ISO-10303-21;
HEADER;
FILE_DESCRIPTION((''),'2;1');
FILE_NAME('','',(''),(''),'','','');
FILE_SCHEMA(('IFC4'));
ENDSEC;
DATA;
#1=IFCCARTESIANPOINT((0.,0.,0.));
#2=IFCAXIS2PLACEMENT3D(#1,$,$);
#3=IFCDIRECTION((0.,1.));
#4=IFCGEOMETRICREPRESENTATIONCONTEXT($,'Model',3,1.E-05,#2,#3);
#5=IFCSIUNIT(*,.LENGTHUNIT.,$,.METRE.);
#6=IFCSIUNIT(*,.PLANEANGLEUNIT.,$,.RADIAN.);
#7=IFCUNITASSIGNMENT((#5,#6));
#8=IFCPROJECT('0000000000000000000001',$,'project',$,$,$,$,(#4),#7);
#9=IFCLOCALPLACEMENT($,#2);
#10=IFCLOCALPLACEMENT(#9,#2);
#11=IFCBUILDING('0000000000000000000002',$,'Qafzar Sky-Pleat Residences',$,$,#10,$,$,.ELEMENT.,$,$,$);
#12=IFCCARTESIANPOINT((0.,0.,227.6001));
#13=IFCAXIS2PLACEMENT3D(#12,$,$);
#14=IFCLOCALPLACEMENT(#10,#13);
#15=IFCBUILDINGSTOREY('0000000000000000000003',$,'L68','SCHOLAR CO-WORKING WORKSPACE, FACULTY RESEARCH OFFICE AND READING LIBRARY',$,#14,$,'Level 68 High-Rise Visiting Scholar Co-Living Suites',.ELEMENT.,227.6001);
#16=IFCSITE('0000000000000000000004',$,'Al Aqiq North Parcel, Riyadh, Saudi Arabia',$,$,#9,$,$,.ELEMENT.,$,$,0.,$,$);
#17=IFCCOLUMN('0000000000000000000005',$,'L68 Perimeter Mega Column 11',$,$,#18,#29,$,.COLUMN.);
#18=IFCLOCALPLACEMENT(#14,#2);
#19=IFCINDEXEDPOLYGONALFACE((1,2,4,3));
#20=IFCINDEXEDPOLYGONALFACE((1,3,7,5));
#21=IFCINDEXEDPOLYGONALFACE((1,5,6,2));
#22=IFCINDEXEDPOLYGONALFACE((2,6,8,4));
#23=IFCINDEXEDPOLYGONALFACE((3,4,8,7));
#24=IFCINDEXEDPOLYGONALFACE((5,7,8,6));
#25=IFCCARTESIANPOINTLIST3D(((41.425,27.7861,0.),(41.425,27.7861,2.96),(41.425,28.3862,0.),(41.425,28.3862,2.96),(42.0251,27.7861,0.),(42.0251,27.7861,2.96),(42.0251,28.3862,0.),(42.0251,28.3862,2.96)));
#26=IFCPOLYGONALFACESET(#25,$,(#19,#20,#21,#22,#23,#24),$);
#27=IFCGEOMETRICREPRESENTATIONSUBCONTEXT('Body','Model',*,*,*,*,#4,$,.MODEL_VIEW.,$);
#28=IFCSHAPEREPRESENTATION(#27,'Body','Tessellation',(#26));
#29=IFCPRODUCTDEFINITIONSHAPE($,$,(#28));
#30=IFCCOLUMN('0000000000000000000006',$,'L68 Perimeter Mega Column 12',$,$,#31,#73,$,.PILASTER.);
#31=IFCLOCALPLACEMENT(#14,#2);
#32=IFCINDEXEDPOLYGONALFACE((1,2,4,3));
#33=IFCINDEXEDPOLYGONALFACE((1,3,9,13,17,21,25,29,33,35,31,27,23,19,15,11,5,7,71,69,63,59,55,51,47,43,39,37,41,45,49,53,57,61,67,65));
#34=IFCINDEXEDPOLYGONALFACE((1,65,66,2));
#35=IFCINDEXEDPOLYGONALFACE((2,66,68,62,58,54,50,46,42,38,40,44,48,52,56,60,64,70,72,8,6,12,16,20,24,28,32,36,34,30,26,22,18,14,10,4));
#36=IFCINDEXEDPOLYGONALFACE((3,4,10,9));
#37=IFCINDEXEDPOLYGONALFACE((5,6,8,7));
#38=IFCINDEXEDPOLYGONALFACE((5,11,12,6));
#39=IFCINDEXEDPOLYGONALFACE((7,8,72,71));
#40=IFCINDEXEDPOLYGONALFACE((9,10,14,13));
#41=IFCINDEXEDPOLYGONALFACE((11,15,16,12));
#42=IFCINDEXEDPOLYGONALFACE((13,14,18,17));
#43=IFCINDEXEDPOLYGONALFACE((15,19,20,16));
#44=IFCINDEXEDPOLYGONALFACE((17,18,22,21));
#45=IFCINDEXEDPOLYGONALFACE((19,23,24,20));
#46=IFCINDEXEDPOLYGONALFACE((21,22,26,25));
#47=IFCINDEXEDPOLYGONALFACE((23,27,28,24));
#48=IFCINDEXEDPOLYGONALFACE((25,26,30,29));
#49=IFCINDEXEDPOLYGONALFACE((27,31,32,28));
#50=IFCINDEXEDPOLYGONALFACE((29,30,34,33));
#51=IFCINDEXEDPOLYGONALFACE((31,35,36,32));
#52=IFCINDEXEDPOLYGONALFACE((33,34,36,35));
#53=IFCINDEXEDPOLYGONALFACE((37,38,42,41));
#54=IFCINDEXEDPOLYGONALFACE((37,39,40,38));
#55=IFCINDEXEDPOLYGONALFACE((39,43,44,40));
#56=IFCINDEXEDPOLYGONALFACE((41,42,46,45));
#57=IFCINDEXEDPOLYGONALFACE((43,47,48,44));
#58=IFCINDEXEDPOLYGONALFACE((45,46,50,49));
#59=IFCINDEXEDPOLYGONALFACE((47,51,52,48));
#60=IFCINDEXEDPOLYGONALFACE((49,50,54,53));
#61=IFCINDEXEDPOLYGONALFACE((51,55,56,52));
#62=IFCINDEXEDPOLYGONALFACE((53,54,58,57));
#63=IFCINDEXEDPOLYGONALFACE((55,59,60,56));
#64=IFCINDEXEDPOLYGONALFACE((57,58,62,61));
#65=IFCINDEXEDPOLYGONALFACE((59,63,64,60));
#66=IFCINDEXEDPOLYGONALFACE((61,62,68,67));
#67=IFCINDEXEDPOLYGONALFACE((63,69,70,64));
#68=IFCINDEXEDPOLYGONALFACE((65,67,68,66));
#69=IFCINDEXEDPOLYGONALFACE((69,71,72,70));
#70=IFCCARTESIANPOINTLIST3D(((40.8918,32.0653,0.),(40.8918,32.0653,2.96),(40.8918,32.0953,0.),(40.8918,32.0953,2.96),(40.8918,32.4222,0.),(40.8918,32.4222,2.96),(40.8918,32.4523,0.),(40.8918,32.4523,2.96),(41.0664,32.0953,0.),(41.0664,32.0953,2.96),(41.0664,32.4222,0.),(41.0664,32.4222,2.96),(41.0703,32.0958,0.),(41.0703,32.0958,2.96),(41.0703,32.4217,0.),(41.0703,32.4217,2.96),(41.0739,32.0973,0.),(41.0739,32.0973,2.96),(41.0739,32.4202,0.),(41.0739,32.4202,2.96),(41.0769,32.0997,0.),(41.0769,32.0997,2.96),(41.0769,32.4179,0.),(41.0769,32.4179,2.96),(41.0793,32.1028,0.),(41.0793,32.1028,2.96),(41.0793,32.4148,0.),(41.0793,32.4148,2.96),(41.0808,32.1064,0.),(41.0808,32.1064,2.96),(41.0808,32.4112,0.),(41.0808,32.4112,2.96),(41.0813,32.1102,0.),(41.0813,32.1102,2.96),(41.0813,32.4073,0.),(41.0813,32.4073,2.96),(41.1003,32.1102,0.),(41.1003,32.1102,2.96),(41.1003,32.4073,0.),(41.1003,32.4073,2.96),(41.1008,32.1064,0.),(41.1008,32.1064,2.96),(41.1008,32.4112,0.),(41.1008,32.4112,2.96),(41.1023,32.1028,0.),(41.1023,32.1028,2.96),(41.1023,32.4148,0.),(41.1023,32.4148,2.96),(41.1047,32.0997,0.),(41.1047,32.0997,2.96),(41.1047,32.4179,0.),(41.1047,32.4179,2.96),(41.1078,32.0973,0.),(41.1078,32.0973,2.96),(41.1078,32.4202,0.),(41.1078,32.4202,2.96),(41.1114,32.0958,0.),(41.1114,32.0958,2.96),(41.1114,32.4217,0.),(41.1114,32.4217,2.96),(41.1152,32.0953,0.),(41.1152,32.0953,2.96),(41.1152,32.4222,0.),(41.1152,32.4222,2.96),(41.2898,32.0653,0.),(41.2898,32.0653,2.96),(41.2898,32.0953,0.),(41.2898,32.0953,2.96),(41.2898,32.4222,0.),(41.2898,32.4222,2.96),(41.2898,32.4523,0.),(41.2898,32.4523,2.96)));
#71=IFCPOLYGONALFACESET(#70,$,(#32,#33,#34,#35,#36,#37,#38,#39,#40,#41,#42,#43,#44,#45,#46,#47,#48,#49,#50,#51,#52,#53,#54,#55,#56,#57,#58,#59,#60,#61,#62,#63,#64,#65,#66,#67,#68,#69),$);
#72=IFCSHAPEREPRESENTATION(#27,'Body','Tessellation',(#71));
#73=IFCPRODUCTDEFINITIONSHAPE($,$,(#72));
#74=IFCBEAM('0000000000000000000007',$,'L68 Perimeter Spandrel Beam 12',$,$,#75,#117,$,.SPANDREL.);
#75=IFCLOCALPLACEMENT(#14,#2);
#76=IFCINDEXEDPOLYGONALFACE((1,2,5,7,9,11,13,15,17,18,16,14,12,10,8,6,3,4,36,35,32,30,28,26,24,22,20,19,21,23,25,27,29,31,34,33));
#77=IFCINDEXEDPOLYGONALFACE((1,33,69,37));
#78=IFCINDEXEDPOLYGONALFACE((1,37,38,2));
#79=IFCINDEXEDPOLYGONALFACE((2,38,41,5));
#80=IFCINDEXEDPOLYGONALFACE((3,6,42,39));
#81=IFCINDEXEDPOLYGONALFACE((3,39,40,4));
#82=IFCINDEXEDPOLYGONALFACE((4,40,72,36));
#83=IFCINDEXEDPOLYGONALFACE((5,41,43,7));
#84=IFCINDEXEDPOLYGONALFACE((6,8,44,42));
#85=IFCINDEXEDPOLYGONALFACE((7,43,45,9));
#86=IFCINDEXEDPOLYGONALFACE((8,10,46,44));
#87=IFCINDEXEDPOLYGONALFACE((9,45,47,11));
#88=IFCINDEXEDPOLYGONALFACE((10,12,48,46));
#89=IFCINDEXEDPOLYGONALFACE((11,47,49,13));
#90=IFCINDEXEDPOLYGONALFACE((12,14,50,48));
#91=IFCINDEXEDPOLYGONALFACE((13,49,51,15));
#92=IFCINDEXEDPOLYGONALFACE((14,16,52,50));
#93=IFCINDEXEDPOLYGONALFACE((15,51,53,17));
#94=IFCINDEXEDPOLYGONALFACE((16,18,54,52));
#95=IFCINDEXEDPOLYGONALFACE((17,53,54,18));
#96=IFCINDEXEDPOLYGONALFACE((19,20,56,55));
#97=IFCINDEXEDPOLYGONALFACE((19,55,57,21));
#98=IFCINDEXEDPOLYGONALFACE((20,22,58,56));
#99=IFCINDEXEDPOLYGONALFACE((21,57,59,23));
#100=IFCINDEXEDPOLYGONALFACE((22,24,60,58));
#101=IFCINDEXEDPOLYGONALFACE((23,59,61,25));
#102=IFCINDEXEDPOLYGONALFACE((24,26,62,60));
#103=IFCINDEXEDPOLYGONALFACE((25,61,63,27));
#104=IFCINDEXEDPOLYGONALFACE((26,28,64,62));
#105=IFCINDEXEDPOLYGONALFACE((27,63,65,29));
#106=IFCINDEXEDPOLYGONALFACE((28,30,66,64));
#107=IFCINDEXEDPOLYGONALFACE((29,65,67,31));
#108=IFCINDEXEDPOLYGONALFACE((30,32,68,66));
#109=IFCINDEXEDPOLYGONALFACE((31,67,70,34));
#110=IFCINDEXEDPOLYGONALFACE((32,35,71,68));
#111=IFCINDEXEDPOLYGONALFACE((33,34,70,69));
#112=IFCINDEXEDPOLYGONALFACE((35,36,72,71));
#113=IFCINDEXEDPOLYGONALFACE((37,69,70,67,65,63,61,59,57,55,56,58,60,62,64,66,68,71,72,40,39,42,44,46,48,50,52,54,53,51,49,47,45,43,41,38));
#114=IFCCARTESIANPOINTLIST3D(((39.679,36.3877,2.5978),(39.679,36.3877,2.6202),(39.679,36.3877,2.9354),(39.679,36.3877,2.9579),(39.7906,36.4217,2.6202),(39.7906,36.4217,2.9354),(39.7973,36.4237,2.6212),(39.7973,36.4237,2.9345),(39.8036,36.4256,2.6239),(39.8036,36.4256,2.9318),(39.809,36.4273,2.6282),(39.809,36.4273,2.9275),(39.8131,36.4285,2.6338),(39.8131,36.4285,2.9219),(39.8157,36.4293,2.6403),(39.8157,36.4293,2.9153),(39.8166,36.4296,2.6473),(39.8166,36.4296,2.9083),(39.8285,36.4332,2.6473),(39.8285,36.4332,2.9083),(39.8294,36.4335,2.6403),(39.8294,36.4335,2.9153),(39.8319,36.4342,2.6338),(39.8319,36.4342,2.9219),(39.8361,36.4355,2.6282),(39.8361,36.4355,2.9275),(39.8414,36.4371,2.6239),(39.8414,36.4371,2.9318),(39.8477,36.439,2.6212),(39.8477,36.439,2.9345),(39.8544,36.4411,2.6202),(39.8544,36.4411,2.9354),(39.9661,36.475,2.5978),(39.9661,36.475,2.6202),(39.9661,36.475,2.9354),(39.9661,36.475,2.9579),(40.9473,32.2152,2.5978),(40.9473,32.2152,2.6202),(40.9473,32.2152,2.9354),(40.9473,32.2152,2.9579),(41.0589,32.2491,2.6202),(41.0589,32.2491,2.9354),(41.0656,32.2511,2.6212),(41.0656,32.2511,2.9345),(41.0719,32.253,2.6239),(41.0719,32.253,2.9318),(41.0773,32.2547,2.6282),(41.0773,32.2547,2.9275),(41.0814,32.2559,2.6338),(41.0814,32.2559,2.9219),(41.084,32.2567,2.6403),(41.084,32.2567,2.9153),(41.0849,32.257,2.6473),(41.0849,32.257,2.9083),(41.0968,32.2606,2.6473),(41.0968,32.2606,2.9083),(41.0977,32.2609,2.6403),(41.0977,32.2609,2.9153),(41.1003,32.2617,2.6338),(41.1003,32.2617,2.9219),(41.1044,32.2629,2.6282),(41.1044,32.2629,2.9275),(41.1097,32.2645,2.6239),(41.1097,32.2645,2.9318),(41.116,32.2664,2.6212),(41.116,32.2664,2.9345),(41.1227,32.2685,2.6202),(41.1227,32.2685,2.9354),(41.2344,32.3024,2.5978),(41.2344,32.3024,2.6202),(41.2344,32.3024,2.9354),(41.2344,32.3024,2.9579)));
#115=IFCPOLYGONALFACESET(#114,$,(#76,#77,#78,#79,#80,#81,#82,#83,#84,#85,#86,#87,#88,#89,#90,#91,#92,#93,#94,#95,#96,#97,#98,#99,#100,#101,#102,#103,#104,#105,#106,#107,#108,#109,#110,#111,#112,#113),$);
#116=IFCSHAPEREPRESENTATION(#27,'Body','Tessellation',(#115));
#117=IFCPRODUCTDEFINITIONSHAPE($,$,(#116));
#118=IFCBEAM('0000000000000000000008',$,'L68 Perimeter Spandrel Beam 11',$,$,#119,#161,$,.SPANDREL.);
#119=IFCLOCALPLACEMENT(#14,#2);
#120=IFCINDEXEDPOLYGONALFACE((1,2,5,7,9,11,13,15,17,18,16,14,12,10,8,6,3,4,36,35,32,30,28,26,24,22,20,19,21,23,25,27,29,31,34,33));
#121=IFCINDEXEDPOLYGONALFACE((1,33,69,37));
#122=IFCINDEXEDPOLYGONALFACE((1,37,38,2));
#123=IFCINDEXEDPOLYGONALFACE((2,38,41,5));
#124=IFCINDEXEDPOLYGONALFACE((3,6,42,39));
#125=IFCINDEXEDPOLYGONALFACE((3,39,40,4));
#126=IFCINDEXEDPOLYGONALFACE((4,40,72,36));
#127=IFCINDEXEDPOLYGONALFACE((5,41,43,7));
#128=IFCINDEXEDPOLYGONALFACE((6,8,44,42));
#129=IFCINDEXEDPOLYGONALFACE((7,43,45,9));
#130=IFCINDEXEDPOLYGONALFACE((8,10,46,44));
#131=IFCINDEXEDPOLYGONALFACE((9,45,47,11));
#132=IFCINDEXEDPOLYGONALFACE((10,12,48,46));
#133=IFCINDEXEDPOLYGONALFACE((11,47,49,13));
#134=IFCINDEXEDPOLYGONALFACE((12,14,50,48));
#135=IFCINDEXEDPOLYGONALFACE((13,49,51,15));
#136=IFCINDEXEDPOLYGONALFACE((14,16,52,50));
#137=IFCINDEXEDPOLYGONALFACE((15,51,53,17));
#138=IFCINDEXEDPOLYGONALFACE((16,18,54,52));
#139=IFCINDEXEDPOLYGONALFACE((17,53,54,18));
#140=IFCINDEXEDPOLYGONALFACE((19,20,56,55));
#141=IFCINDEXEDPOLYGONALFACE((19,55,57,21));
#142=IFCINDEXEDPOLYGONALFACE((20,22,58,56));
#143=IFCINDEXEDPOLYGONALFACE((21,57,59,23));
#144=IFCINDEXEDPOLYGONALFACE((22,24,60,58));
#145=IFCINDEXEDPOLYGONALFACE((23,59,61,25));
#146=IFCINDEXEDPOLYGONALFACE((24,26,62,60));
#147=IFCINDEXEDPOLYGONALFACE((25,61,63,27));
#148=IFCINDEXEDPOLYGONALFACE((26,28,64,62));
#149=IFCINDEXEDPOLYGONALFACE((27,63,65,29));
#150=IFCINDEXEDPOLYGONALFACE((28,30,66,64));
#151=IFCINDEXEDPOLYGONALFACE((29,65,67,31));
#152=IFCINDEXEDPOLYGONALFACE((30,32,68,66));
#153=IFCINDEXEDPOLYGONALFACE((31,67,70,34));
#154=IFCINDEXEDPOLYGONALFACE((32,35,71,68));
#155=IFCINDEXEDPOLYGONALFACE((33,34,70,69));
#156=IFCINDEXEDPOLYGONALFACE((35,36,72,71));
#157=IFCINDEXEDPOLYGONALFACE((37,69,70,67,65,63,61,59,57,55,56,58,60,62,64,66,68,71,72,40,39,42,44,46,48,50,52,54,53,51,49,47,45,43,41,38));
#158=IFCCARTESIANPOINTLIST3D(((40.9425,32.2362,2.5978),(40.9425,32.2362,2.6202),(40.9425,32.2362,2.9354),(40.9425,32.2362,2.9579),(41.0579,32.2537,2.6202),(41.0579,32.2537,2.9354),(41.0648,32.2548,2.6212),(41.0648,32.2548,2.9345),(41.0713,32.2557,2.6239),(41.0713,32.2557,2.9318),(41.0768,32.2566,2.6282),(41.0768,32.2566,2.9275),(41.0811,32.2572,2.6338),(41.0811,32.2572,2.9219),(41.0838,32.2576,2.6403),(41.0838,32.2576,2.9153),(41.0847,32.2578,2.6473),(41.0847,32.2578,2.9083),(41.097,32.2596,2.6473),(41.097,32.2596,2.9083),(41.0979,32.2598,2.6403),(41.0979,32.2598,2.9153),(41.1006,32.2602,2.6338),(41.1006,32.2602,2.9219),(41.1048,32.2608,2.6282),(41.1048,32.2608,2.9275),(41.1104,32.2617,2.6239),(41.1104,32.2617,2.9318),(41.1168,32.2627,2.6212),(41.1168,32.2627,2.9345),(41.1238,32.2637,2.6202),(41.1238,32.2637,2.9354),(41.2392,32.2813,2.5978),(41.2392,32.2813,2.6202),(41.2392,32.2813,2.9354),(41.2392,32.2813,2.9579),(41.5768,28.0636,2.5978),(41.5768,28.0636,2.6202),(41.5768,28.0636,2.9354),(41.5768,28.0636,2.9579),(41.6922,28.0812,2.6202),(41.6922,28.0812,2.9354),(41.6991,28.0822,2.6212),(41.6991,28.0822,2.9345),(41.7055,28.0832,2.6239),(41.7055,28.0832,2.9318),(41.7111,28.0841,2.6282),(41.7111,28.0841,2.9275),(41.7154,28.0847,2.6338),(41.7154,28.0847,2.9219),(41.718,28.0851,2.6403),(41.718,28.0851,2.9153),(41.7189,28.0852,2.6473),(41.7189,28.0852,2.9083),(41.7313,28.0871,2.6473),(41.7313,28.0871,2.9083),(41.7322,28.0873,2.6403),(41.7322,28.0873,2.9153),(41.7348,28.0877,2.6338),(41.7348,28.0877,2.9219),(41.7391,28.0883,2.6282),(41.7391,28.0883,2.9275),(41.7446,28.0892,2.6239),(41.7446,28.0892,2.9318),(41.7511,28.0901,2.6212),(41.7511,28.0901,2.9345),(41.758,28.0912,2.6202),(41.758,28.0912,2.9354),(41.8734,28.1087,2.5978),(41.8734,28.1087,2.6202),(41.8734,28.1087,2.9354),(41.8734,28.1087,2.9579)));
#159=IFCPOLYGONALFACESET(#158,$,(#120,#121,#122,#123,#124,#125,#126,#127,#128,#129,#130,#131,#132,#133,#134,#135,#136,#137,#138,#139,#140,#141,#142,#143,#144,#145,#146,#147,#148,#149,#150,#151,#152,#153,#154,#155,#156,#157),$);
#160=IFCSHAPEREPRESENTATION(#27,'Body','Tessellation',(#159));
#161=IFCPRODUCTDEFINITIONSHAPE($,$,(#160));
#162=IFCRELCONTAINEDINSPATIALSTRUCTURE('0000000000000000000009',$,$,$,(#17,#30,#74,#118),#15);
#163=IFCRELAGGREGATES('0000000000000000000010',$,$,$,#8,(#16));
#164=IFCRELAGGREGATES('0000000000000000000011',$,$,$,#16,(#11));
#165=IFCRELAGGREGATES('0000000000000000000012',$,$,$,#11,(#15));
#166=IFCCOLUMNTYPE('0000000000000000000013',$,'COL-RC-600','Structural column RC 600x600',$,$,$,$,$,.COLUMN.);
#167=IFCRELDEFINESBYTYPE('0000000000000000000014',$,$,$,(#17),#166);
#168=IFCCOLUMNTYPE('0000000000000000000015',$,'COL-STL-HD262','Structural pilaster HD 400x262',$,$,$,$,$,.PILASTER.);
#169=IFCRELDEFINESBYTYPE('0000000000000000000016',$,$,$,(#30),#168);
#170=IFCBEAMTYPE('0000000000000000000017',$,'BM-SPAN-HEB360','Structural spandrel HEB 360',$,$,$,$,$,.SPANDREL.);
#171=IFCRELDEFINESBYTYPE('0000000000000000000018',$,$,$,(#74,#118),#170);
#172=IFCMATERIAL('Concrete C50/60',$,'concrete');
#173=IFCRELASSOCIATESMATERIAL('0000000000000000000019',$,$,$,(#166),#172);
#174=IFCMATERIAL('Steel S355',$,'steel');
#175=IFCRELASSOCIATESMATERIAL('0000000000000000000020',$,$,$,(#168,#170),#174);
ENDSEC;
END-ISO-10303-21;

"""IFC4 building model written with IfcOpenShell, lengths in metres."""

from ifc_helpers import new_model, si_unit, direction, frame, origin, origin_2d, place, context, subcontext, project, spatial, rectangle, i_section, extrude, source, transform, mapped, material, material_profile, profile_set, type_object, element, save


model = new_model("IFC4")

# Units and contexts
model_context = context("Model", 3, precision=1e-05, world=origin(), true_north=direction((0.0, 1.0)))
body_context = subcontext(model_context, "Body", "Model", "MODEL_VIEW")
ifc_project = project(units=[si_unit("LENGTHUNIT", "METRE"), si_unit("PLANEANGLEUNIT", "RADIAN")], contexts=[model_context])

# Site, building, storey
site_placement = place(None, origin())
site = spatial("IfcSite", under=ifc_project, at=site_placement, Name="Al Aqiq North Parcel, Riyadh, Saudi Arabia", CompositionType="ELEMENT", RefElevation=0.0)
building_placement = place(site_placement, origin())
building = spatial("IfcBuilding", under=site, at=building_placement, Name="Qafzar Sky-Pleat Residences", CompositionType="ELEMENT")
storey_placement = place(building_placement, frame((0.0, 0.0, 227.6001)))
storey = spatial("IfcBuildingStorey", under=building, at=storey_placement, Name="L68", Description="SCHOLAR CO-WORKING WORKSPACE, FACULTY RESEARCH OFFICE AND READING LIBRARY", LongName="Level 68 High-Rise Visiting Scholar Co-Living Suites", CompositionType="ELEMENT", Elevation=227.6001)

# Columns
ifc_material_1 = material(Name="Concrete C50/60", Category="concrete")
ifc_material_profile_1 = material_profile(ifc_material_1, rectangle(XDim=0.6001, YDim=0.6001, at=origin_2d()), Name="RC 600x600")
ifc_profile_set_1 = profile_set([ifc_material_profile_1], Name="Concrete C50/60")
column_type_1 = type_object("IfcColumnType", Name="COL-RC-600", Description="Structural column RC 600x600", PredefinedType="COLUMN", material=ifc_profile_set_1)
shared_shape_1 = source(origin(), body_context, "Body", "SweptSolid", [
    extrude(rectangle(XDim=0.6001, YDim=0.6001, at=origin_2d()), origin(), (0.0, 0.0, 1.0), 2.96),
])
column_1_placement = place(storey_placement, frame((41.7251, 28.0862, 0.0), z_axis=(0.0, 0.0, 1.0), x_axis=(1.0, 0.0, 0.0)))
element("IfcColumn", 1, at=column_1_placement, inside=storey, type_object=column_type_1, Name="L68 Perimeter Mega Column 11", PredefinedType="COLUMN", context=body_context, shape_type="MappedRepresentation", body=[
    mapped(shared_shape_1, transform((0.0, 0.0, 0.0), x_axis=(1.0, 0.0, 0.0), y_axis=(0.0, 1.0, 0.0), z_axis=(0.0, 0.0, 1.0), scale=1.0)),
])
ifc_material_2 = material(Name="Steel S355", Category="steel")
ifc_material_profile_2 = material_profile(ifc_material_2, i_section(OverallWidth=0.3979, OverallDepth=0.387, WebThickness=0.019, FlangeThickness=0.03, FilletRadius=0.0149, at=origin_2d()), Name="HD 400x262")
ifc_profile_set_2 = profile_set([ifc_material_profile_2], Name="Steel S355")
column_type_2 = type_object("IfcColumnType", Name="COL-STL-HD262", Description="Structural pilaster HD 400x262", PredefinedType="PILASTER", material=ifc_profile_set_2)
shared_shape_2 = source(origin(), body_context, "Body", "SweptSolid", [
    extrude(i_section(OverallWidth=0.3979, OverallDepth=0.387, WebThickness=0.019, FlangeThickness=0.03, FilletRadius=0.0149, at=origin_2d()), origin(), (0.0, 0.0, 1.0), 2.96),
])
column_2_placement = place(storey_placement, frame((41.0908, 32.2588, 0.0), z_axis=(0.0, 0.0, 1.0), x_axis=(1.0, 0.0, 0.0)))
element("IfcColumn", 2, at=column_2_placement, inside=storey, type_object=column_type_2, Name="L68 Perimeter Mega Column 12", PredefinedType="PILASTER", context=body_context, shape_type="MappedRepresentation", body=[
    mapped(shared_shape_2, transform((0.0, 0.0, 0.0), x_axis=(1.0, 0.0, 0.0), y_axis=(0.0, 1.0, 0.0), z_axis=(0.0, 0.0, 1.0), scale=1.0)),
])

# Beams
ifc_material_profile_3 = material_profile(ifc_material_2, i_section(OverallWidth=0.3, OverallDepth=0.3601, WebThickness=0.0125, FlangeThickness=0.0225, FilletRadius=0.0271, at=origin_2d()), Name="HEB 360")
ifc_profile_set_3 = profile_set([ifc_material_profile_3], Name="Steel S355")
beam_type_1 = type_object("IfcBeamType", Name="BM-SPAN-HEB360", Description="Structural spandrel HEB 360", PredefinedType="SPANDREL", material=ifc_profile_set_3)
shared_shape_3 = source(origin(), body_context, "Body", "SweptSolid", [
    extrude(i_section(OverallWidth=0.3, OverallDepth=0.3601, WebThickness=0.0125, FlangeThickness=0.0225, FilletRadius=0.0271, at=origin_2d()), origin(), (0.0, 0.0, 1.0), 4.3611),
])
beam_1_placement = place(storey_placement, frame((41.0908, 32.2588, 2.7778), z_axis=(-0.290823, 0.956777, 0.0), x_axis=(-0.956777, -0.290823, 0.0)))
element("IfcBeam", 3, at=beam_1_placement, inside=storey, type_object=beam_type_1, Name="L68 Perimeter Spandrel Beam 12", PredefinedType="SPANDREL", context=body_context, shape_type="MappedRepresentation", body=[
    mapped(shared_shape_3, transform((0.0, 0.0, 0.0), x_axis=(1.0, 0.0, 0.0), y_axis=(0.0, 1.0, 0.0), z_axis=(0.0, 0.0, 1.0), scale=1.0)),
])
shared_shape_4 = source(origin(), body_context, "Body", "SweptSolid", [
    extrude(i_section(OverallWidth=0.3, OverallDepth=0.3601, WebThickness=0.0125, FlangeThickness=0.0225, FilletRadius=0.0271, at=origin_2d()), origin(), (0.0, 0.0, 1.0), 4.2205),
])
beam_2_placement = place(storey_placement, frame((41.7251, 28.0862, 2.7778), z_axis=(-0.150283, 0.988643, 0.0), x_axis=(-0.988643, -0.150283, 0.0)))
element("IfcBeam", 4, at=beam_2_placement, inside=storey, type_object=beam_type_1, Name="L68 Perimeter Spandrel Beam 11", PredefinedType="SPANDREL", context=body_context, shape_type="MappedRepresentation", body=[
    mapped(shared_shape_4, transform((0.0, 0.0, 0.0), x_axis=(1.0, 0.0, 0.0), y_axis=(0.0, 1.0, 0.0), z_axis=(0.0, 0.0, 1.0), scale=1.0)),
])

save(model, "model.ifc")
